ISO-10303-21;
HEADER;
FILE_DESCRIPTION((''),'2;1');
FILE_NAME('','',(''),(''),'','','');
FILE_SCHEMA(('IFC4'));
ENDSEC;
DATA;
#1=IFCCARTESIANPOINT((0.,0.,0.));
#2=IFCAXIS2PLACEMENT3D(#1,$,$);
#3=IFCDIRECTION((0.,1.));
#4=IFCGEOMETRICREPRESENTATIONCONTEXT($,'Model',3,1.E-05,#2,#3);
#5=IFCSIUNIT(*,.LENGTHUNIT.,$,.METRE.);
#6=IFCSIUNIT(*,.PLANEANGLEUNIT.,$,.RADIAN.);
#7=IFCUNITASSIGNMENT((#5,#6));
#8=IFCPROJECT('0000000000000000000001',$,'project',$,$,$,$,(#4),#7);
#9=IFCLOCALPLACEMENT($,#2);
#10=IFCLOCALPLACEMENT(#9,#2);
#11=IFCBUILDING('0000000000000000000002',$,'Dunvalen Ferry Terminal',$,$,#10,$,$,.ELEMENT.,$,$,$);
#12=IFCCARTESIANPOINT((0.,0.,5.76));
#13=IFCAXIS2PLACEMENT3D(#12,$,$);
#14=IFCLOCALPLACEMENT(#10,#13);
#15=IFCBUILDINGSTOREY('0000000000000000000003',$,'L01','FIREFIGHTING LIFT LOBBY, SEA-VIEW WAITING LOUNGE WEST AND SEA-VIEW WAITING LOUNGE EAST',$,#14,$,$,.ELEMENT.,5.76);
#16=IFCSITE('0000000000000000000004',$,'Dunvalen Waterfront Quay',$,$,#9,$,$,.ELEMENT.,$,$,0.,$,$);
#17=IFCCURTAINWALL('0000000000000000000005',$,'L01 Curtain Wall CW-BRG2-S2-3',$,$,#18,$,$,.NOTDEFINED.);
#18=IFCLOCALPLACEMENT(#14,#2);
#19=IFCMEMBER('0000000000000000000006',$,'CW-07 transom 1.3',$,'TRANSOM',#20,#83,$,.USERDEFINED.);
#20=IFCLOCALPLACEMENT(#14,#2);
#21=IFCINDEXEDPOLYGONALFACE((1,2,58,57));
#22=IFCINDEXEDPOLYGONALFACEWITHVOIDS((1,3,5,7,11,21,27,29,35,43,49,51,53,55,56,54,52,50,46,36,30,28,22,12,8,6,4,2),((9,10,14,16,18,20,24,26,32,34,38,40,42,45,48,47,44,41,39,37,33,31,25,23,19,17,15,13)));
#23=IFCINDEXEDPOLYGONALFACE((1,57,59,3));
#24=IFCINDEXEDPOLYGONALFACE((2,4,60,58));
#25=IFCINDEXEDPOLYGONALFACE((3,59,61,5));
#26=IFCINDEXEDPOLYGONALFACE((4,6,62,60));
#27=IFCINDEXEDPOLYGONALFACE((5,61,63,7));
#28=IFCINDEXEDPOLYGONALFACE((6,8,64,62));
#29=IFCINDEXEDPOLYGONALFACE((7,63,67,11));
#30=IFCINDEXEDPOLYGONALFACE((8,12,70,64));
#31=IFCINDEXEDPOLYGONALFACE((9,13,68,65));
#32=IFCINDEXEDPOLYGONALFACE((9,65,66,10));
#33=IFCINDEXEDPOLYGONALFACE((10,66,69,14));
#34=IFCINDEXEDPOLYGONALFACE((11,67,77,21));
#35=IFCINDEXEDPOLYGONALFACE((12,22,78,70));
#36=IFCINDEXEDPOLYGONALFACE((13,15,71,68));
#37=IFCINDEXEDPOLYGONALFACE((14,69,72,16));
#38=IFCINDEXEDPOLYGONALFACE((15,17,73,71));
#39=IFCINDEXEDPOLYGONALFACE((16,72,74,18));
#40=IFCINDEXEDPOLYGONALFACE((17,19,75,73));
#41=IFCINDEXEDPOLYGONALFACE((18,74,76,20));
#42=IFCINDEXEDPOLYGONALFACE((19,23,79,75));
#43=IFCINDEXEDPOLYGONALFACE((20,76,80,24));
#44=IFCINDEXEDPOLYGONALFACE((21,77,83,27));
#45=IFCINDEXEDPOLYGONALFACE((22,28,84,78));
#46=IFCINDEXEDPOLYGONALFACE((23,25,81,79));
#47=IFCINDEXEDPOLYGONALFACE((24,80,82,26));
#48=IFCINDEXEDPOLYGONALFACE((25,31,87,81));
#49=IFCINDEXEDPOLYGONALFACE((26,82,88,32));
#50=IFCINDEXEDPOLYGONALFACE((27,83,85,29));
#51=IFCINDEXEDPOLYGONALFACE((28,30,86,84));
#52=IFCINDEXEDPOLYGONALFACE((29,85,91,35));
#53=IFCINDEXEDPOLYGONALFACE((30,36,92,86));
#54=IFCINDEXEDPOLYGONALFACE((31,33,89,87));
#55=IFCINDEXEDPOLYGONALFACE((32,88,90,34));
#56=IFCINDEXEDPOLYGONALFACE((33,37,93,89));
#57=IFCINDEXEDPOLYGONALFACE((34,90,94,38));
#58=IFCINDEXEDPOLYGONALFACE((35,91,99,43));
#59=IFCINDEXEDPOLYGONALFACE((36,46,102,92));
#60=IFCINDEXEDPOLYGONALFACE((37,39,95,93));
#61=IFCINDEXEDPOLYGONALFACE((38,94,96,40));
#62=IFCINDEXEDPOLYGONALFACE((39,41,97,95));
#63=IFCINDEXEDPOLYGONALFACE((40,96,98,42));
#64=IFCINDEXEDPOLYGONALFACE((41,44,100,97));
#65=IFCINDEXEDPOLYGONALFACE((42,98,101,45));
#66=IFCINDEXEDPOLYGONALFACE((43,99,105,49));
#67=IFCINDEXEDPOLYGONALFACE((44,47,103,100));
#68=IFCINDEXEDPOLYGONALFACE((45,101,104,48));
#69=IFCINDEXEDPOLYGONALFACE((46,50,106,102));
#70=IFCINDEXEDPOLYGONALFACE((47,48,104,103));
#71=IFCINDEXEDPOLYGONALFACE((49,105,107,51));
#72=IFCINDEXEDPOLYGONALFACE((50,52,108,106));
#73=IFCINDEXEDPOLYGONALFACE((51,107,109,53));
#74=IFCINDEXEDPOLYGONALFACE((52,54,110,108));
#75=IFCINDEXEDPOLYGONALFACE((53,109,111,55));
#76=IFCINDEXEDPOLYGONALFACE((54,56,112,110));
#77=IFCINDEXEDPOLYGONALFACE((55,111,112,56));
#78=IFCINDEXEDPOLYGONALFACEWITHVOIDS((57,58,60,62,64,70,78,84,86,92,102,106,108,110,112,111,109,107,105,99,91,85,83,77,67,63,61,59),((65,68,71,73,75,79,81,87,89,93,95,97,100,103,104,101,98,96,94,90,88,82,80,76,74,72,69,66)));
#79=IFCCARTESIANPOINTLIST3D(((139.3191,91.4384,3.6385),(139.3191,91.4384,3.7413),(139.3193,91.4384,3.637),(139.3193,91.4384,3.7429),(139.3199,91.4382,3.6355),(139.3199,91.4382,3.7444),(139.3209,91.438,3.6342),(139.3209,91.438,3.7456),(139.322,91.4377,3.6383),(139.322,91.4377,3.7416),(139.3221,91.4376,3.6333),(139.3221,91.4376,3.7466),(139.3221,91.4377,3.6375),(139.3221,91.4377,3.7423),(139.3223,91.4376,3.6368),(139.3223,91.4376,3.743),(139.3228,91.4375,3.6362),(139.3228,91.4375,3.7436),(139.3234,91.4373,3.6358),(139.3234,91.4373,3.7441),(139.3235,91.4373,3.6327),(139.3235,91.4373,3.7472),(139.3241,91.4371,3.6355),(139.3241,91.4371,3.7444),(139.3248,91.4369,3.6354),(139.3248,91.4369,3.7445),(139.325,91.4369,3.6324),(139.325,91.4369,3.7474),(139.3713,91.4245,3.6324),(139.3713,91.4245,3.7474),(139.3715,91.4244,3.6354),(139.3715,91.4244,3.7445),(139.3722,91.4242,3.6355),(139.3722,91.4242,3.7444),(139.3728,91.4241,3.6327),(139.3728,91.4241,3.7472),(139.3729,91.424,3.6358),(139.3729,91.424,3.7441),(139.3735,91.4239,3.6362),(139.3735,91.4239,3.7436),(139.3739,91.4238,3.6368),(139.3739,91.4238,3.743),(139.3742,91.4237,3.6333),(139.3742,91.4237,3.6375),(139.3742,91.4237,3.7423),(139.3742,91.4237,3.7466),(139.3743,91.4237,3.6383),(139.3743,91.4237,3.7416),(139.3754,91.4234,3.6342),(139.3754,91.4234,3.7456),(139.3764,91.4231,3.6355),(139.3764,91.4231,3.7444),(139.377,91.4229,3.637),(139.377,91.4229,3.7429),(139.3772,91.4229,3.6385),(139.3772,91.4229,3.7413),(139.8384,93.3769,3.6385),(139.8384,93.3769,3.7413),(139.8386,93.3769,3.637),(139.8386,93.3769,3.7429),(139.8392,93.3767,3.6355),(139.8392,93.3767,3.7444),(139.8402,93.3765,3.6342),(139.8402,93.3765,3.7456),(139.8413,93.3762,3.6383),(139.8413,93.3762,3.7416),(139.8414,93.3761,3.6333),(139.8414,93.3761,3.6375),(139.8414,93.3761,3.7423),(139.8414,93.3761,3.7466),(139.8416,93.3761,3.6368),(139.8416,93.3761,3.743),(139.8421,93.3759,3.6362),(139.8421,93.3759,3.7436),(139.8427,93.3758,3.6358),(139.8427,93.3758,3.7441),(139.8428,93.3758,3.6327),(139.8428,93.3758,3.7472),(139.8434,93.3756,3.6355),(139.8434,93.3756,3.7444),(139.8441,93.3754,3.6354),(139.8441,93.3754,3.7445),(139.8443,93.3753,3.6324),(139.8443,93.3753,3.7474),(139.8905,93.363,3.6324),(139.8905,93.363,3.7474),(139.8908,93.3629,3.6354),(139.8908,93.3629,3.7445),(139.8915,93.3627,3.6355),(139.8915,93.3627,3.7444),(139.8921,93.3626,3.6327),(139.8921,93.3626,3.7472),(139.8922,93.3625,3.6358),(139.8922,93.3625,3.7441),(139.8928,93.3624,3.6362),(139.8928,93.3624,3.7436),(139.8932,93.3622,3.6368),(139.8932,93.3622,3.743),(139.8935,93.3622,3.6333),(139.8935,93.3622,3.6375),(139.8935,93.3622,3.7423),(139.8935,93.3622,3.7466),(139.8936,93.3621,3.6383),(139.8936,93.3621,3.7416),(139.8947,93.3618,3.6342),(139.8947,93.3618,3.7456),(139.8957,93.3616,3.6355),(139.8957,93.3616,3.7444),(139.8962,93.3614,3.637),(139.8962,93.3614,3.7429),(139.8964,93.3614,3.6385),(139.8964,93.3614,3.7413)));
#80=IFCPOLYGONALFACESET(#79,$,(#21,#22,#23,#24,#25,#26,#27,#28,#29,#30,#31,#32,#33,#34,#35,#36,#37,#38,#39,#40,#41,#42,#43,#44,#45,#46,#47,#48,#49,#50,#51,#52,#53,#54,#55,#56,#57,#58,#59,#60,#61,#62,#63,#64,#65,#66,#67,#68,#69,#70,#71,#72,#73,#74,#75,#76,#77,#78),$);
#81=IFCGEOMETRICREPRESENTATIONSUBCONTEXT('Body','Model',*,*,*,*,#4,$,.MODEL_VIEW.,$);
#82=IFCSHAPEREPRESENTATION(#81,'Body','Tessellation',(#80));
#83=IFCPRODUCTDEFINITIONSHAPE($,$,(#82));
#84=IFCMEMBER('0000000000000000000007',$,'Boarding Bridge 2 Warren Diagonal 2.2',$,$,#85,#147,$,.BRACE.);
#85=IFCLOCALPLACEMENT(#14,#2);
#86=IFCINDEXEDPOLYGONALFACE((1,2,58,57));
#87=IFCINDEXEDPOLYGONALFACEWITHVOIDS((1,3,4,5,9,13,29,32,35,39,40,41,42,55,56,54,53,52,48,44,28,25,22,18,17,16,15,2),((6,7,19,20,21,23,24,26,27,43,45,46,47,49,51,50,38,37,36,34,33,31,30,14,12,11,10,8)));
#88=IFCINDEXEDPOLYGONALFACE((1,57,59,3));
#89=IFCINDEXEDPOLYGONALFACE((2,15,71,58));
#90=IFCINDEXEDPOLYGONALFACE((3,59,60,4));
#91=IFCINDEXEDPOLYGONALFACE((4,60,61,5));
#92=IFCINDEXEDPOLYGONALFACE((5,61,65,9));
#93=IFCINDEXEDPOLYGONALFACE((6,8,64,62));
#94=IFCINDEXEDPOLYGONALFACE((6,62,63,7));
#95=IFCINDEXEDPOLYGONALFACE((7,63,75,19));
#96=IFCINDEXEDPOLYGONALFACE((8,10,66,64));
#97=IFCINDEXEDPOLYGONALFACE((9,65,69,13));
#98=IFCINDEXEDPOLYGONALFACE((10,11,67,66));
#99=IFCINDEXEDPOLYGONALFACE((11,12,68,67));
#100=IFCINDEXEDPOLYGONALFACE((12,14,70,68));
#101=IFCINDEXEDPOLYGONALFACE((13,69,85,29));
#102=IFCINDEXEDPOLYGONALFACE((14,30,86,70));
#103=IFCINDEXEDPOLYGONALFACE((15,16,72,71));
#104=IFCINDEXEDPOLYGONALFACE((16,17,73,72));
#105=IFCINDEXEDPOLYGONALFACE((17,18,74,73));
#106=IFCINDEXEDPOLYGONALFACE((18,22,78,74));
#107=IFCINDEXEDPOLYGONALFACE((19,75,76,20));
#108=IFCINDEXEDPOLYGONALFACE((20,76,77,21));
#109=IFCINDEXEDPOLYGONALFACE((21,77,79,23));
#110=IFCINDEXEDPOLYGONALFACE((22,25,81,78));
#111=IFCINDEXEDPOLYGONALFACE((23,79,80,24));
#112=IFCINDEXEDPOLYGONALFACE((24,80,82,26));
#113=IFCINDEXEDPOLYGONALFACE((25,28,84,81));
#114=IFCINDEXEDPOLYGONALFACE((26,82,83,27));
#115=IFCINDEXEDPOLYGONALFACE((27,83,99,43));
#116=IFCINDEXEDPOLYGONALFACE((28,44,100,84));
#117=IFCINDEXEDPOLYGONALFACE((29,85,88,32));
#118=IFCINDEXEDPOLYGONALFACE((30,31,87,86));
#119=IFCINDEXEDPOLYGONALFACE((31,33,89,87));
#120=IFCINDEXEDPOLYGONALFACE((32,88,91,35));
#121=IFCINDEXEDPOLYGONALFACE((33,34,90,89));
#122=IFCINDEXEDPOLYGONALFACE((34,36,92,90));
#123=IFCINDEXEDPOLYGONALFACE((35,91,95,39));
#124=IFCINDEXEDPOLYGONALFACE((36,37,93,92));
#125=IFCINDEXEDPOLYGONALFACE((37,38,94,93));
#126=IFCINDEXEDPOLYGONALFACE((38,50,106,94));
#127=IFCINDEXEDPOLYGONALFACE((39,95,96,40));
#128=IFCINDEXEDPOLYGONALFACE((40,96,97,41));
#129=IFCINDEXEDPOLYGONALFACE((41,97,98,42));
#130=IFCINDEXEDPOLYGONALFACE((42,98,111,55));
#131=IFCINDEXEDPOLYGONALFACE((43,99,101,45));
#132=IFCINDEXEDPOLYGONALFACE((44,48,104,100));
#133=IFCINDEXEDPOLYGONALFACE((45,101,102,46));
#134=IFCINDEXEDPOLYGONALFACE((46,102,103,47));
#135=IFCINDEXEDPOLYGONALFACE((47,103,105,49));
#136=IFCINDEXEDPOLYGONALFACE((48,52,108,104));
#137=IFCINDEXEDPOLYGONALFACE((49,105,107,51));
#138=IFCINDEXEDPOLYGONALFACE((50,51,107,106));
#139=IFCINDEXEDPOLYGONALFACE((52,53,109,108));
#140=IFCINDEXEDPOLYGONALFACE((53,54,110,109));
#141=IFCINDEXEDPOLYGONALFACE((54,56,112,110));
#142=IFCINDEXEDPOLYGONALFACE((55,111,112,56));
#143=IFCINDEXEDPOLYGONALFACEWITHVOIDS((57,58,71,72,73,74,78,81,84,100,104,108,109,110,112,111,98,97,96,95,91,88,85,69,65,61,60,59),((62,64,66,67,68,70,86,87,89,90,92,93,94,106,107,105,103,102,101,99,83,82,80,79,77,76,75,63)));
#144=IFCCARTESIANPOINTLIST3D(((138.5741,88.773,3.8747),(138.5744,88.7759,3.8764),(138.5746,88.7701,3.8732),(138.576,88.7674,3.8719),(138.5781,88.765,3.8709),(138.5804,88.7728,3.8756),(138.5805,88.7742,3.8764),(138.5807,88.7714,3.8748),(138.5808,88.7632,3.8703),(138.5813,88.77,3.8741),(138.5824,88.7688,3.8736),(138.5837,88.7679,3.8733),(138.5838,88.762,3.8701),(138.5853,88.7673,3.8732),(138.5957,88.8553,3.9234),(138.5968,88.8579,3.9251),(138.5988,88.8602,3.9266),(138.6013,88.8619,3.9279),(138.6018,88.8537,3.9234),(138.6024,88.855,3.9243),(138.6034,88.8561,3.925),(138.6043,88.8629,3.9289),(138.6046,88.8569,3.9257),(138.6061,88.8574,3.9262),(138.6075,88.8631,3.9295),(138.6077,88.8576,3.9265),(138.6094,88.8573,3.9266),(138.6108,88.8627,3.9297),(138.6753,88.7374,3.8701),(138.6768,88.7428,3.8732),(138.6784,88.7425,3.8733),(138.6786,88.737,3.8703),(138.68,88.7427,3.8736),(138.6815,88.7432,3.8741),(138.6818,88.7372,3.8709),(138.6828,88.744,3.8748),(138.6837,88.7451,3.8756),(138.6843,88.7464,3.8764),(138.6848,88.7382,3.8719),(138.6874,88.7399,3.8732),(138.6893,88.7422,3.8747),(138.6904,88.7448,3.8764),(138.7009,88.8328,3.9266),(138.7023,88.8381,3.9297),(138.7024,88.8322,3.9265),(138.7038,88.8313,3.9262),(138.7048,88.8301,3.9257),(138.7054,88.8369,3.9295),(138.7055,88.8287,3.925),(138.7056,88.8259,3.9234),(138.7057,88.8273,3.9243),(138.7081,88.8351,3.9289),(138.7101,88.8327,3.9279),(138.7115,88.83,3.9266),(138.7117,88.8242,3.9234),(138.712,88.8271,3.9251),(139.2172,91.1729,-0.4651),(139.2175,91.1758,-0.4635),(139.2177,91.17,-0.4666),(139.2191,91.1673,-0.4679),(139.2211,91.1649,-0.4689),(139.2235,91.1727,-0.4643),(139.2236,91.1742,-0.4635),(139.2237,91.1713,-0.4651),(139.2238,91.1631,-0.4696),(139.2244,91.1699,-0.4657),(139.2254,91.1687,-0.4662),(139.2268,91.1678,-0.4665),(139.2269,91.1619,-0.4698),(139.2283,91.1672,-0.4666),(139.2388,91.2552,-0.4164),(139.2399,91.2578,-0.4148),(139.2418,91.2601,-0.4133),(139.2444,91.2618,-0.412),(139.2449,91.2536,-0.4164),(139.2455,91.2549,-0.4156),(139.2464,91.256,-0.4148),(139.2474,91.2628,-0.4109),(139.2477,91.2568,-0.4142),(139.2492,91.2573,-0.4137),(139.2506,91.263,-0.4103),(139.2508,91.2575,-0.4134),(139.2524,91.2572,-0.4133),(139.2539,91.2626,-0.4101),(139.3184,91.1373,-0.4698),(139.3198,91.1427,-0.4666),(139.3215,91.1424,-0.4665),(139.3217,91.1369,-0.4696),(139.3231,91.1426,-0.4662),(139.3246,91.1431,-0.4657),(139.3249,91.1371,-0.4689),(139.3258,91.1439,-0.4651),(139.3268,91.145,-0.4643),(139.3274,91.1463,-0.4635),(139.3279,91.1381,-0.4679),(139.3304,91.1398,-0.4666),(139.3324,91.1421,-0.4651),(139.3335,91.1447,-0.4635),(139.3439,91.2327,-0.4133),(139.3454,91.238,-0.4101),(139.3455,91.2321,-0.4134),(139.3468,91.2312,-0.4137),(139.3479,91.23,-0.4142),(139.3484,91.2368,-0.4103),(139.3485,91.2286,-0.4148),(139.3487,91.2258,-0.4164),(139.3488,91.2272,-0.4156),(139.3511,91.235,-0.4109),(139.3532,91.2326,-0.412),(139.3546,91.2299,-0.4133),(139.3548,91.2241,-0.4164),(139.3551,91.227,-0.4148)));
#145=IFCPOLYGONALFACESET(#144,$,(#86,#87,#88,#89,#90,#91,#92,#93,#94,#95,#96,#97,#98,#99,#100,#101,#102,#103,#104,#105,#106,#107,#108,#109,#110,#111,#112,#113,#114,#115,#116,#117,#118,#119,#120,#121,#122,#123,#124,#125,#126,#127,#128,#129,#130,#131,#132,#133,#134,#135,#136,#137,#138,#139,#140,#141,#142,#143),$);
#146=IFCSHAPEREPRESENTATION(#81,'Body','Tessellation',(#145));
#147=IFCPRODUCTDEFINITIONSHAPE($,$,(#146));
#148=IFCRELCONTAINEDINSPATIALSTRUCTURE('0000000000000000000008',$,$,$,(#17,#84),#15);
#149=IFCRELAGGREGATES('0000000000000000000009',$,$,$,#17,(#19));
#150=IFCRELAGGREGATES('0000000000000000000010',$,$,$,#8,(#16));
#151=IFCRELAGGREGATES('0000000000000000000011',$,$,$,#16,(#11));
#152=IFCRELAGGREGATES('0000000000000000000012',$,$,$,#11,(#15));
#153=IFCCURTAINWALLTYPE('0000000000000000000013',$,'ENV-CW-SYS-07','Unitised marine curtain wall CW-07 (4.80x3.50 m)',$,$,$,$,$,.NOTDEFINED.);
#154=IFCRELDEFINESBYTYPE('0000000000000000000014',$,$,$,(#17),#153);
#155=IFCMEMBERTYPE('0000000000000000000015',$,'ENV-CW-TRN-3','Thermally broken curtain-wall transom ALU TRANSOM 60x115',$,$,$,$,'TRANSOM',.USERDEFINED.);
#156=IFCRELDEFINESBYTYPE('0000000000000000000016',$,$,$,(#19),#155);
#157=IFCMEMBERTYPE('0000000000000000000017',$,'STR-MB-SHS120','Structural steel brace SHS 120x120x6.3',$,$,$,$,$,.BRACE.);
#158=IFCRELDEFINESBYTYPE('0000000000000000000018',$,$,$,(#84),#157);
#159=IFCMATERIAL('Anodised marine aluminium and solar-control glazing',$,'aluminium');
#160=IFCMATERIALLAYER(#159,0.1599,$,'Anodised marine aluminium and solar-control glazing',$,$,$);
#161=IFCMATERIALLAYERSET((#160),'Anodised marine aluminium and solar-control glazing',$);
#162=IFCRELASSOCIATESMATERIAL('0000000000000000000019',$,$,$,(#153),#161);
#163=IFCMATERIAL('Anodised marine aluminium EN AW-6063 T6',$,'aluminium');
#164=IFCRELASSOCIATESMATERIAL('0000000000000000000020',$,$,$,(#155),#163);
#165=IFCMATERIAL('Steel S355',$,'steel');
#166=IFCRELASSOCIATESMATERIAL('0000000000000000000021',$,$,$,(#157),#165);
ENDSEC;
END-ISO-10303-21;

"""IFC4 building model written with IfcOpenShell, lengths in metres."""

from ifc_helpers import new_model, si_unit, direction, frame, origin, origin_2d, place, context, subcontext, project, spatial, hollow_rectangle, extrude, material, layer, layer_set, material_profile, profile_set, type_object, element, aggregate, save


model = new_model("IFC4")

# Units and contexts
model_context = context("Model", 3, precision=1e-05, world=origin(), true_north=direction((0.0, 1.0)))
body_context = subcontext(model_context, "Body", "Model", "MODEL_VIEW")
ifc_project = project(units=[si_unit("LENGTHUNIT", "METRE"), si_unit("PLANEANGLEUNIT", "RADIAN")], contexts=[model_context])

# Site, building, storey
site_placement = place(None, origin())
site = spatial("IfcSite", under=ifc_project, at=site_placement, Name="Dunvalen Waterfront Quay", CompositionType="ELEMENT", RefElevation=0.0)
building_placement = place(site_placement, origin())
building = spatial("IfcBuilding", under=site, at=building_placement, Name="Dunvalen Ferry Terminal", CompositionType="ELEMENT")
storey_placement = place(building_placement, frame((0.0, 0.0, 5.76)))
storey = spatial("IfcBuildingStorey", under=building, at=storey_placement, Name="L01", Description="FIREFIGHTING LIFT LOBBY, SEA-VIEW WAITING LOUNGE WEST AND SEA-VIEW WAITING LOUNGE EAST", CompositionType="ELEMENT", Elevation=5.76)

# Shared definitions
ifc_material_1 = material(Name="Anodised marine aluminium and solar-control glazing", Category="aluminium")
ifc_layer_1 = layer(ifc_material_1, 0.1599, Name="Anodised marine aluminium and solar-control glazing")
ifc_layer_set_1 = layer_set([ifc_layer_1], Name="Anodised marine aluminium and solar-control glazing")
curtain_wall_type = type_object("IfcCurtainWallType", Name="ENV-CW-SYS-07", Description="Unitised marine curtain wall CW-07 (4.80x3.50 m)", PredefinedType="NOTDEFINED", material=ifc_layer_set_1)
ifc_material_2 = material(Name="Anodised marine aluminium EN AW-6063 T6", Category="aluminium")

# Curtain wall
curtain_wall_1_placement = place(storey_placement, origin())
curtain_wall_1 = element("IfcCurtainWall", 1, at=curtain_wall_1_placement, inside=storey, type_object=curtain_wall_type, Name="L01 Curtain Wall CW-BRG2-S2-3", PredefinedType="NOTDEFINED")

# Member
ifc_material_profile_1 = material_profile(ifc_material_2, hollow_rectangle(XDim=0.0601, YDim=0.115, WallThickness=0.0029, InnerFilletRadius=0.0029, OuterFilletRadius=0.0061, at=origin_2d()), Name="Anodised marine aluminium EN AW-6063 T6")
ifc_profile_set_1 = profile_set([ifc_material_profile_1], Name="Anodised marine aluminium EN AW-6063 T6")
member_type_1 = type_object("IfcMemberType", Name="ENV-CW-TRN-3", Description="Thermally broken curtain-wall transom ALU TRANSOM 60x115", ElementType="TRANSOM", PredefinedType="USERDEFINED", material=ifc_profile_set_1)
member_1_placement = place(storey_placement, frame((139.3481, 91.4307, 3.6899), z_axis=(0.25876, 0.965942, 0.0), x_axis=(-0.965942, 0.25876, 0.0)))
member_1 = element("IfcMember", 2, at=member_1_placement, type_object=member_type_1, Name="CW-07 transom 1.3", ObjectType="TRANSOM", PredefinedType="USERDEFINED", context=body_context, shape_type="SweptSolid", body=[
    extrude(hollow_rectangle(XDim=0.0601, YDim=0.115, WallThickness=0.0029, InnerFilletRadius=0.0029, OuterFilletRadius=0.0061, at=origin_2d()), origin(), (0.0, 0.0, 1.0), 2.0068),
])
aggregate(curtain_wall_1, [member_1])

# Member
ifc_material_3 = material(Name="Steel S355", Category="steel")
ifc_material_profile_2 = material_profile(ifc_material_3, hollow_rectangle(XDim=0.1201, YDim=0.1201, WallThickness=0.0063, InnerFilletRadius=0.0063, OuterFilletRadius=0.0127, at=origin_2d()), Name="Steel S355")
ifc_profile_set_2 = profile_set([ifc_material_profile_2], Name="Steel S355")
member_type_2 = type_object("IfcMemberType", Name="STR-MB-SHS120", Description="Structural steel brace SHS 120x120x6.3", PredefinedType="BRACE", material=ifc_profile_set_2)
for number, where, z_axis, x_axis, name in (
    (3, (138.6431, 88.8, 3.8999), (0.128594, 0.47991, -0.867842), (-0.965924, 0.258824, 0.0), "Boarding Bridge 2 Warren Diagonal 2.2"),
):
    element("IfcMember", number, at=place(storey_placement, frame(where, z_axis=z_axis, x_axis=x_axis)), inside=storey, type_object=member_type_2, Name=name, PredefinedType="BRACE", context=body_context, shape_type="SweptSolid", body=[
        extrude(hollow_rectangle(XDim=0.1201, YDim=0.1201, WallThickness=0.0063, InnerFilletRadius=0.0063, OuterFilletRadius=0.0127, at=origin_2d()), origin(), (0.0, 0.0, 1.0), 5.0007),
    ])

save(model, "model.ifc")
